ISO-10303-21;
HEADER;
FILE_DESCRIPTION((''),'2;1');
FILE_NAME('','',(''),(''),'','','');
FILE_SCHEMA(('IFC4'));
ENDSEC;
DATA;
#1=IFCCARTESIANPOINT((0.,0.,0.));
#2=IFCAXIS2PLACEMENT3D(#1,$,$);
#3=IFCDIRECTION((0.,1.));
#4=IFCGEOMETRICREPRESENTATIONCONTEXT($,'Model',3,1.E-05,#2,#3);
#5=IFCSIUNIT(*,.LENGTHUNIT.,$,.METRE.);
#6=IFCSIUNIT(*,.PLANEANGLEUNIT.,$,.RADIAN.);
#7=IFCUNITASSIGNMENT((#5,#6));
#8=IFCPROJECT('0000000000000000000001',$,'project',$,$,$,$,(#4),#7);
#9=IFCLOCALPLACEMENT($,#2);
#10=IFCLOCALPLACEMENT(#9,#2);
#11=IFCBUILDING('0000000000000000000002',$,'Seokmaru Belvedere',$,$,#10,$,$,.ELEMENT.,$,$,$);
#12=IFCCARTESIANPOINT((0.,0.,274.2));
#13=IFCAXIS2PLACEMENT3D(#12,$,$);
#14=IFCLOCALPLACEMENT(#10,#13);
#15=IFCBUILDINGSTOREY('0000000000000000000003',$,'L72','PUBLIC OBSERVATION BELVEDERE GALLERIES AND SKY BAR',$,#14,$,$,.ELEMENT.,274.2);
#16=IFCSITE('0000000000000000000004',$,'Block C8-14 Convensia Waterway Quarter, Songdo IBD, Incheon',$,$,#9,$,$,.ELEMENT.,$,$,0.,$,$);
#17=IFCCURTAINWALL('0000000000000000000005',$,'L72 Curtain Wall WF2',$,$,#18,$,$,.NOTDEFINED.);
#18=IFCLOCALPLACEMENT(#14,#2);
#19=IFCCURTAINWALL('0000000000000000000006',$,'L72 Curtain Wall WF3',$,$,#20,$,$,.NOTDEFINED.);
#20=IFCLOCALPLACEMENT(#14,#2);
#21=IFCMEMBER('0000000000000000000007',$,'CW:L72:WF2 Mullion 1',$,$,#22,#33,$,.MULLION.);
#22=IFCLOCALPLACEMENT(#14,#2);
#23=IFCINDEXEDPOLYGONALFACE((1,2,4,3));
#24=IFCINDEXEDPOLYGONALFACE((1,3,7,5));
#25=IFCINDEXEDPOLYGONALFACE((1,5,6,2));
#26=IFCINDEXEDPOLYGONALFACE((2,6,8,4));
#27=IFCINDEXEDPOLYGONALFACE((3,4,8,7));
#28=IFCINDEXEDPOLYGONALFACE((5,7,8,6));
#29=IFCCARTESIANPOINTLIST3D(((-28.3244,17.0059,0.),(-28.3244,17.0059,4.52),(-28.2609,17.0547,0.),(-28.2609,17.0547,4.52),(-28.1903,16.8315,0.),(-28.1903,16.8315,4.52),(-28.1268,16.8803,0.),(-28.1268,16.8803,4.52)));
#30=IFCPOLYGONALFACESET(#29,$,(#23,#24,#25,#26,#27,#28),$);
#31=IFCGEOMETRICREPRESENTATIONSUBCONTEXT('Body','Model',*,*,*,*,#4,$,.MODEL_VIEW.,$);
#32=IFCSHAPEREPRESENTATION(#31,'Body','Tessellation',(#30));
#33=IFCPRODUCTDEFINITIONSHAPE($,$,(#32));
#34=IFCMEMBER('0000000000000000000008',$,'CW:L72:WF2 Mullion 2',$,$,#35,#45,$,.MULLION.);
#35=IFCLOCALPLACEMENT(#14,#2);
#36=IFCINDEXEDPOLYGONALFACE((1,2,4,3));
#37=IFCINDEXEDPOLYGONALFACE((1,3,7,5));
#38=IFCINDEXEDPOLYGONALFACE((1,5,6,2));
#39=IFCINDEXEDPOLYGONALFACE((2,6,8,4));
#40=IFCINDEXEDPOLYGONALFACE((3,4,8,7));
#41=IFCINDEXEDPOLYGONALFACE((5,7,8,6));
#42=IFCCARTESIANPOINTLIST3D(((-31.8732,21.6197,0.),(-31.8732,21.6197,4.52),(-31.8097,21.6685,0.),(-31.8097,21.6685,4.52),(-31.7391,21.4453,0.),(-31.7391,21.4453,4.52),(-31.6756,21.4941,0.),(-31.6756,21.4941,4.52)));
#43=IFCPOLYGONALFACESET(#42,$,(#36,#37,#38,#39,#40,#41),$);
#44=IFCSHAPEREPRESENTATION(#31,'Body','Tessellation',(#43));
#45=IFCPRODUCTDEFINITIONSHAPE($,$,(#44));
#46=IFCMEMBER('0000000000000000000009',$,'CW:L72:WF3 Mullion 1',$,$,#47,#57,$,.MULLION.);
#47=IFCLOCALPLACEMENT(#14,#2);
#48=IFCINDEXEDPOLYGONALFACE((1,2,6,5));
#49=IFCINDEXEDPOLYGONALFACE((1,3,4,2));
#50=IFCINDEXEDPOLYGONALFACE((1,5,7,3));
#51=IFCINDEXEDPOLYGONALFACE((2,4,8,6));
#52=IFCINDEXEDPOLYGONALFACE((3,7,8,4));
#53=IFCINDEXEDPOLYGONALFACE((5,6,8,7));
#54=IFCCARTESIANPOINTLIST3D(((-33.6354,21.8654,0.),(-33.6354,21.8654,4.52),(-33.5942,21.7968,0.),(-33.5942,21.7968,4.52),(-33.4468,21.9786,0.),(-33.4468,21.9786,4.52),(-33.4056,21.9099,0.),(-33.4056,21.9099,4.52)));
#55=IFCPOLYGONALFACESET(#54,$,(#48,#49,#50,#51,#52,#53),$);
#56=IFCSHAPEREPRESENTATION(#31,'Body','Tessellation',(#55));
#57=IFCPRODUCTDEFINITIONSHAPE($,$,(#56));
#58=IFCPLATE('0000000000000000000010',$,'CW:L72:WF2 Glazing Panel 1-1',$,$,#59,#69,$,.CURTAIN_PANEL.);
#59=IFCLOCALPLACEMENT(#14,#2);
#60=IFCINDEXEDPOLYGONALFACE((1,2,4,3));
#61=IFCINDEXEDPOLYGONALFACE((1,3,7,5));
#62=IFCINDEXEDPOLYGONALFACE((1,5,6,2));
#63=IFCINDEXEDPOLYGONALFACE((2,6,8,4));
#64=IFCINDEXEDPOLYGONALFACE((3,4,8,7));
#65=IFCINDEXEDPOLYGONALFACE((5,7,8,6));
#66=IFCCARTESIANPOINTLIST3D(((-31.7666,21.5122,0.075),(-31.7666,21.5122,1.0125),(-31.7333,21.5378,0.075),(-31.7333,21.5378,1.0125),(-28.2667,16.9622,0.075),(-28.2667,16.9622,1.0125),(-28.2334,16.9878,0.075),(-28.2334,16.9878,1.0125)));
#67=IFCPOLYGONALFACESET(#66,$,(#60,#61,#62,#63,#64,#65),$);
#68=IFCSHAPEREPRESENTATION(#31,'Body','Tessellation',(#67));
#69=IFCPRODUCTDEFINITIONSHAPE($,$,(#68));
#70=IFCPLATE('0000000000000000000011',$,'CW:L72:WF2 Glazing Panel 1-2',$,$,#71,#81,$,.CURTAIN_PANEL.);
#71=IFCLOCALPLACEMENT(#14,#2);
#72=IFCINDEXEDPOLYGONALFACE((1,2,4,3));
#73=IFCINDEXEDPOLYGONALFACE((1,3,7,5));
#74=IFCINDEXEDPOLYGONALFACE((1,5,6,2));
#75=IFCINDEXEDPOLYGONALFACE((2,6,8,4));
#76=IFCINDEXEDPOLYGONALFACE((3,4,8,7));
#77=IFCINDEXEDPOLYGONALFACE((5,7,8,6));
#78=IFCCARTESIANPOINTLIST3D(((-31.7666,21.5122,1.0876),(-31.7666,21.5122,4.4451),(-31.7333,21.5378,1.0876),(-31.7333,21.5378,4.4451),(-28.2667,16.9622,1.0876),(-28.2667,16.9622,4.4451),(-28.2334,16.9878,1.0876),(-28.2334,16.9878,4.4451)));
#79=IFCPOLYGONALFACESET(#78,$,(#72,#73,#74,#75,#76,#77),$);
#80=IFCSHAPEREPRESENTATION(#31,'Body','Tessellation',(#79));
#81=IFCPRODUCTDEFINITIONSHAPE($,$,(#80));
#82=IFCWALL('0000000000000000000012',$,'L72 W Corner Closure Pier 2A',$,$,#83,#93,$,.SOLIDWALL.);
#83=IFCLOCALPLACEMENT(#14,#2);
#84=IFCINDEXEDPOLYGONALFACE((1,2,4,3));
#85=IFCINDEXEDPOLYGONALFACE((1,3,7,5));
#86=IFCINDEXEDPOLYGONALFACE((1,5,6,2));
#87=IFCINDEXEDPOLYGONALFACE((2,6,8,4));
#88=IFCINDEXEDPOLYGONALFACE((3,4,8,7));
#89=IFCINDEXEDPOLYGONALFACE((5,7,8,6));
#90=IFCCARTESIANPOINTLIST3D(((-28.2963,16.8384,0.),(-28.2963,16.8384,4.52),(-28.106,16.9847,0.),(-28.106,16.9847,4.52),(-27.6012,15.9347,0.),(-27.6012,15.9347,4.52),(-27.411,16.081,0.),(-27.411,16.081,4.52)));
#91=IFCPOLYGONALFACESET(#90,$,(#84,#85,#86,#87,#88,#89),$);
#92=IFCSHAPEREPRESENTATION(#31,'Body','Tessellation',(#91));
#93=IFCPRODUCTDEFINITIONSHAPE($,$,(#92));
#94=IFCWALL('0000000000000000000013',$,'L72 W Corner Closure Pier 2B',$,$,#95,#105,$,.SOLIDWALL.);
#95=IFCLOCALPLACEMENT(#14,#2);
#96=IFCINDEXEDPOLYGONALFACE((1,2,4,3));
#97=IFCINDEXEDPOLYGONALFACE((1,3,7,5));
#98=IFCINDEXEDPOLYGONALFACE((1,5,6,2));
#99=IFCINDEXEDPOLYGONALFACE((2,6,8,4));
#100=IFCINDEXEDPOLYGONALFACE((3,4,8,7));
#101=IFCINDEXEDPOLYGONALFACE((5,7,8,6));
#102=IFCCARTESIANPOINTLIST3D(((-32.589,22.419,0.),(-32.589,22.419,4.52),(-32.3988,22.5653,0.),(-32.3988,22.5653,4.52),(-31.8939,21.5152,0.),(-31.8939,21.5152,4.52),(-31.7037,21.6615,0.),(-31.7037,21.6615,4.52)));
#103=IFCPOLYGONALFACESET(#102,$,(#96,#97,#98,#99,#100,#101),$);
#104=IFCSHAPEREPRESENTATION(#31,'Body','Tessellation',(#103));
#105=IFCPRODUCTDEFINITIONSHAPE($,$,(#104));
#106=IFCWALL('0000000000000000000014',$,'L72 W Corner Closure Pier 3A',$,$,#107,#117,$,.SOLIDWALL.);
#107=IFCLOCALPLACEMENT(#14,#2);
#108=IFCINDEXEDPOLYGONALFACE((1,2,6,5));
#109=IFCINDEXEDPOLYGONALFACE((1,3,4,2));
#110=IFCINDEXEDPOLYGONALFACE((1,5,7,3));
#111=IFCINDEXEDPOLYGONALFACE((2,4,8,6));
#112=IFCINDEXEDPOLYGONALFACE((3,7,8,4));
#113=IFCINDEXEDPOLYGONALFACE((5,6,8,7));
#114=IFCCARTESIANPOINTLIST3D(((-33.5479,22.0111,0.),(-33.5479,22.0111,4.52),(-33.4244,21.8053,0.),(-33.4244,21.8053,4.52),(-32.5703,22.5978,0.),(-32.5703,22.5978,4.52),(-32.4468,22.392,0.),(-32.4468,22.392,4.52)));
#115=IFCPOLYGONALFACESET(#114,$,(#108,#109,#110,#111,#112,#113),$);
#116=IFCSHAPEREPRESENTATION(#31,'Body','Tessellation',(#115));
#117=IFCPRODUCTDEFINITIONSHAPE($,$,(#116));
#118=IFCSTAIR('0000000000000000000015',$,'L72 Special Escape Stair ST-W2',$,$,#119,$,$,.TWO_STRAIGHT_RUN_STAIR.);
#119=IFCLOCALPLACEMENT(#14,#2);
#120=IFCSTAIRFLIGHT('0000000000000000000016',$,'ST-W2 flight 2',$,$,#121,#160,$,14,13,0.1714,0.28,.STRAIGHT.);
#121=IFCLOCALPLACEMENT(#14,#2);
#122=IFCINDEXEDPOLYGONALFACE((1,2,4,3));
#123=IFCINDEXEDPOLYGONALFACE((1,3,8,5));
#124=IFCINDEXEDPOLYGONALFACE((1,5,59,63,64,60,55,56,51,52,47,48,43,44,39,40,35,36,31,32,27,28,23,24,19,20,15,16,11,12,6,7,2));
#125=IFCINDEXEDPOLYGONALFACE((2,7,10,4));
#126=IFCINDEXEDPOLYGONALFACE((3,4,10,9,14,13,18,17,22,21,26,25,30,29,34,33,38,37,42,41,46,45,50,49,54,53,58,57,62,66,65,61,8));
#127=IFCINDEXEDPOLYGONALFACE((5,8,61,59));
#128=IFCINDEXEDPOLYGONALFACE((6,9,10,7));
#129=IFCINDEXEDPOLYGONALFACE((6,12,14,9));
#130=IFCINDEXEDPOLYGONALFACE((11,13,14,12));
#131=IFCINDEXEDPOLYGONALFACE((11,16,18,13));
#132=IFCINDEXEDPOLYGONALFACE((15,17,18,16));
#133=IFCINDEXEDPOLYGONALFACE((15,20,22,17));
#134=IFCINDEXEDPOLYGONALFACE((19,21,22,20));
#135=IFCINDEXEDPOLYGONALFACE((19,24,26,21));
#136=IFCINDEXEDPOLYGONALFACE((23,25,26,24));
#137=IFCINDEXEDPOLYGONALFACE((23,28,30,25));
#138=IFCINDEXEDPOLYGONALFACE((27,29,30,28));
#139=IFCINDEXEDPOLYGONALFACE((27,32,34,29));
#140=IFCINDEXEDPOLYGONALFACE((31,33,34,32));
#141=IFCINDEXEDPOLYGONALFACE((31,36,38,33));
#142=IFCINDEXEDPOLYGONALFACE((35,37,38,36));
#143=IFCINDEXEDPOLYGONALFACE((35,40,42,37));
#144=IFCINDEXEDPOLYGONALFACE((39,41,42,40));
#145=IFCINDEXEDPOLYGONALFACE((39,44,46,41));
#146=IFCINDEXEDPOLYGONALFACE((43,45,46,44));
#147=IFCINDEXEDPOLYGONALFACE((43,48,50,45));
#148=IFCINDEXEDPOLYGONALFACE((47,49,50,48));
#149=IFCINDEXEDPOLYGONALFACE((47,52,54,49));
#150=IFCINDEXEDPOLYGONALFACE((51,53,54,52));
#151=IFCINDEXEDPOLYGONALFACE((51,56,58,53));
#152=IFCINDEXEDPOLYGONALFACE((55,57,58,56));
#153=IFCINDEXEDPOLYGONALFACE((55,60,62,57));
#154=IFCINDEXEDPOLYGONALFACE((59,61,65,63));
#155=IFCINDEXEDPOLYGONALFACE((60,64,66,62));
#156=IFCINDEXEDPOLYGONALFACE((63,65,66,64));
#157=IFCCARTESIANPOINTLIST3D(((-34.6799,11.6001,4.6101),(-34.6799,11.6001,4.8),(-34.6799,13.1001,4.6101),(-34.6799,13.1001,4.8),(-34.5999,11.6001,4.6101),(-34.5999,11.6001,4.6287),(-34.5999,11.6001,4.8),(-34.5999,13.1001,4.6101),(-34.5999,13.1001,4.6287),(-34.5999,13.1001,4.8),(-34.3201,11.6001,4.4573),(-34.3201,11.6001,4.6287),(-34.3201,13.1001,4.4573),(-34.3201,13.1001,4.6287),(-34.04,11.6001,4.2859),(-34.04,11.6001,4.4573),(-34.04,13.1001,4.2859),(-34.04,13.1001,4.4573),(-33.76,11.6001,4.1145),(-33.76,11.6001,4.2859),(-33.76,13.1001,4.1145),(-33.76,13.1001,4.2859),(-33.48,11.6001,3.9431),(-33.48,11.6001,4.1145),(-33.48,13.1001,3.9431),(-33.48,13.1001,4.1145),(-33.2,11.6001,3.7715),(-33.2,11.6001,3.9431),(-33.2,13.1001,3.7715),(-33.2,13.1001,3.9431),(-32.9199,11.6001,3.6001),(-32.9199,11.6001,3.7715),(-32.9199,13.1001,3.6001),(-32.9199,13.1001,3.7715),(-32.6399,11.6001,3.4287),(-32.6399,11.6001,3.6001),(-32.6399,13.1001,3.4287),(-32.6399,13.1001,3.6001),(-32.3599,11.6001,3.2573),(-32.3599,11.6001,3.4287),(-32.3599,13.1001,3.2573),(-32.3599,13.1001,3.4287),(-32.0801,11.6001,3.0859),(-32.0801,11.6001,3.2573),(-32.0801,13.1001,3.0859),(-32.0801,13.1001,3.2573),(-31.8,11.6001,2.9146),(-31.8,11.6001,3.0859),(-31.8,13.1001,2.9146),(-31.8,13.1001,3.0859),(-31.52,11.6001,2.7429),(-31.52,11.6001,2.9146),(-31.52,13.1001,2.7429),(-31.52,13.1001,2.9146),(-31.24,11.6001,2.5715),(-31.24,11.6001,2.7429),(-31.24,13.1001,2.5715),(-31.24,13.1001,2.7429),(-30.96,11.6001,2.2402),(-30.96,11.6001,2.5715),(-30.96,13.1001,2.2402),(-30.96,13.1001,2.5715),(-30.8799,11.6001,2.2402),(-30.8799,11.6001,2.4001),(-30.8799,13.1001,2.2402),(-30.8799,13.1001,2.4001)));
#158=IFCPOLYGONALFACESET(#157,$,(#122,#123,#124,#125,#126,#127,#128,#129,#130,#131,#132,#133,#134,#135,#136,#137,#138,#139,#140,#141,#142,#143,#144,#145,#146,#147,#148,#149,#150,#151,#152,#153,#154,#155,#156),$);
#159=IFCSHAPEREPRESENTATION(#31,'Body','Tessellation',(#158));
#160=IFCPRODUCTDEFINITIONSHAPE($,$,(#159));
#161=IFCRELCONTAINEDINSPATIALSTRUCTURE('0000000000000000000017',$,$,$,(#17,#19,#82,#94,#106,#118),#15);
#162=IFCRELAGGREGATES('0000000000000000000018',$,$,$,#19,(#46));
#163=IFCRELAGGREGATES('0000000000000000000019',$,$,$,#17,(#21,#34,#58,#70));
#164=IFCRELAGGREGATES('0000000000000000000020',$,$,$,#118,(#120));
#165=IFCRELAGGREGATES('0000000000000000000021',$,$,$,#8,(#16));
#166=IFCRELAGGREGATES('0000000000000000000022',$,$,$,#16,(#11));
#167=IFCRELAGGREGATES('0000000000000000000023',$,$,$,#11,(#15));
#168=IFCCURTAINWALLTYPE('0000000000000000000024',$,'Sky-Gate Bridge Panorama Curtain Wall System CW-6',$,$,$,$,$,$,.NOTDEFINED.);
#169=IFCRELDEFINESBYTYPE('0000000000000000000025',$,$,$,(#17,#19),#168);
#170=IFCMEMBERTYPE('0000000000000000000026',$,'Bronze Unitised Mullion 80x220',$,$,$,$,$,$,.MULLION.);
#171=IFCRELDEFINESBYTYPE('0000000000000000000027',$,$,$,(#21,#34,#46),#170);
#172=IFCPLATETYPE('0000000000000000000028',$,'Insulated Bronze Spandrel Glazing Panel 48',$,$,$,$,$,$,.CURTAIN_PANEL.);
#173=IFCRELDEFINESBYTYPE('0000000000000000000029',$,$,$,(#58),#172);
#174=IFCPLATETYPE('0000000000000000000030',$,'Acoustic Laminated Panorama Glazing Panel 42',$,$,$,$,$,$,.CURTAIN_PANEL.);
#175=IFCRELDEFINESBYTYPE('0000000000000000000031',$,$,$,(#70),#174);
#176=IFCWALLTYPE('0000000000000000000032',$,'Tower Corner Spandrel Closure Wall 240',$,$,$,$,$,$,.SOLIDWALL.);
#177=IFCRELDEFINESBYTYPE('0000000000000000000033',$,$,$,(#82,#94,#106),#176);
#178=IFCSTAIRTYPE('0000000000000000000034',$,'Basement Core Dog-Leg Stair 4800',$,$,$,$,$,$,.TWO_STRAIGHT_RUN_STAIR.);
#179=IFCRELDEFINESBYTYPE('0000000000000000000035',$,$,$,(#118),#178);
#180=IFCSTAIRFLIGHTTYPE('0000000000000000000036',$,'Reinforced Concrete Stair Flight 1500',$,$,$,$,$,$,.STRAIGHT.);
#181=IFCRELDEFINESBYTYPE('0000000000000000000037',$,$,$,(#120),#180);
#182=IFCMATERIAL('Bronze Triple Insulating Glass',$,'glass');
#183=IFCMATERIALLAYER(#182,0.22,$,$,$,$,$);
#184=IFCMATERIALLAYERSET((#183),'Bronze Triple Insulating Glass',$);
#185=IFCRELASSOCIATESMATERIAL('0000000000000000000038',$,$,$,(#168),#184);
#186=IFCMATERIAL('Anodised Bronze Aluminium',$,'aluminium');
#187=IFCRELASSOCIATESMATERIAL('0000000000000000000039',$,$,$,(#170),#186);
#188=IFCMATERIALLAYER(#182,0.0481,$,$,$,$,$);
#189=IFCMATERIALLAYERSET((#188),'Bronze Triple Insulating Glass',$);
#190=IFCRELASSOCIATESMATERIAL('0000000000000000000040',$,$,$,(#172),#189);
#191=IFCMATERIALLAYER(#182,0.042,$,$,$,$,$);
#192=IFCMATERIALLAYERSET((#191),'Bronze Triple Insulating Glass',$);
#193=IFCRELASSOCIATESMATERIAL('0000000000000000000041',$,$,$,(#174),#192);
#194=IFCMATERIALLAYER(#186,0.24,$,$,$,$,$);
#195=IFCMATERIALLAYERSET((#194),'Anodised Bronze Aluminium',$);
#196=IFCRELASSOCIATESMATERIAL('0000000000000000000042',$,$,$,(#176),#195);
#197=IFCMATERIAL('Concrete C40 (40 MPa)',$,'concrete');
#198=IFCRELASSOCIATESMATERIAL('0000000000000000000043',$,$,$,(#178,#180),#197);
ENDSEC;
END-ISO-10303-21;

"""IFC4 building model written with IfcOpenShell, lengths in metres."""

from ifc_helpers import new_model, si_unit, direction, frame, frame_2d, origin, origin_2d, place, context, subcontext, project, spatial, polyline, rectangle, outline, extrude, source, transform, mapped, material, layer, layer_set, material_profile, profile_set, type_object, type_shapes, element, aggregate, save


model = new_model("IFC4")

# Units and contexts
model_context = context("Model", 3, precision=1e-05, world=origin(), true_north=direction((0.0, 1.0)))
body_context = subcontext(model_context, "Body", "Model", "MODEL_VIEW")
ifc_project = project(units=[si_unit("LENGTHUNIT", "METRE"), si_unit("PLANEANGLEUNIT", "RADIAN")], contexts=[model_context])

# Site, building, storey
site_placement = place(None, origin())
site = spatial("IfcSite", under=ifc_project, at=site_placement, Name="Block C8-14 Convensia Waterway Quarter, Songdo IBD, Incheon", CompositionType="ELEMENT", RefElevation=0.0)
building_placement = place(site_placement, origin())
building = spatial("IfcBuilding", under=site, at=building_placement, Name="Seokmaru Belvedere", CompositionType="ELEMENT")
storey_placement = place(building_placement, frame((0.0, 0.0, 274.2)))
storey = spatial("IfcBuildingStorey", under=building, at=storey_placement, Name="L72", Description="PUBLIC OBSERVATION BELVEDERE GALLERIES AND SKY BAR", CompositionType="ELEMENT", Elevation=274.2)

# Curtain walls
ifc_material_1 = material(Name="Bronze Triple Insulating Glass", Category="glass")
ifc_layer_1 = layer(ifc_material_1, 0.22)
ifc_layer_set_1 = layer_set([ifc_layer_1], Name="Bronze Triple Insulating Glass")
curtain_wall_type = type_object("IfcCurtainWallType", Name="Sky-Gate Bridge Panorama Curtain Wall System CW-6", PredefinedType="NOTDEFINED", material=ifc_layer_set_1)
curtain_wall_1_placement = place(storey_placement, origin())
curtain_wall_1 = element("IfcCurtainWall", 1, at=curtain_wall_1_placement, inside=storey, type_object=curtain_wall_type, Name="L72 Curtain Wall WF2", PredefinedType="NOTDEFINED")
ifc_material_2 = material(Name="Anodised Bronze Aluminium", Category="aluminium")
curtain_wall_2_placement = place(storey_placement, origin())
curtain_wall_2 = element("IfcCurtainWall", 2, at=curtain_wall_2_placement, inside=storey, type_object=curtain_wall_type, Name="L72 Curtain Wall WF3", PredefinedType="NOTDEFINED")

# Members
ifc_material_profile_1 = material_profile(ifc_material_2, rectangle(XDim=0.0801, YDim=0.22, at=origin_2d()), Name="CW-M-80x220")
ifc_profile_set_1 = profile_set([ifc_material_profile_1], Name="Anodised Bronze Aluminium")
member_type_1 = type_object("IfcMemberType", Name="Bronze Unitised Mullion 80x220", PredefinedType="MULLION", material=ifc_profile_set_1)
shared_shape_1 = source(origin(), body_context, "Body", "SweptSolid", [
    extrude(rectangle(XDim=0.0801, YDim=0.22, at=origin_2d()), origin(), (0.0, 0.0, 1.0), 4.52),
])
type_shapes(member_type_1, [shared_shape_1])
member_1_placement = place(storey_placement, frame((-28.2256, 16.9431, 0.0), z_axis=(0.0, 0.0, 1.0), x_axis=(-0.792631, -0.609701, 0.0)))
member_1 = element("IfcMember", 3, at=member_1_placement, type_object=member_type_1, Name="CW:L72:WF2 Mullion 1", PredefinedType="MULLION", context=body_context, shape_type="MappedRepresentation", body=[
    mapped(shared_shape_1, transform((0.0, 0.0, 0.0), scale=1.0)),
])
member_2_placement = place(storey_placement, frame((-31.7744, 21.5569, 0.0), z_axis=(0.0, 0.0, 1.0), x_axis=(-0.792631, -0.609701, 0.0)))
member_2 = element("IfcMember", 4, at=member_2_placement, type_object=member_type_1, Name="CW:L72:WF2 Mullion 2", PredefinedType="MULLION", context=body_context, shape_type="MappedRepresentation", body=[
    mapped(shared_shape_1, transform((0.0, 0.0, 0.0), scale=1.0)),
])
member_3_placement = place(storey_placement, frame((-33.5205, 21.8877, 0.0), z_axis=(0.0, 0.0, 1.0), x_axis=(0.514495, -0.857493, 0.0)))
member_3 = element("IfcMember", 5, at=member_3_placement, type_object=member_type_1, Name="CW:L72:WF3 Mullion 1", PredefinedType="MULLION", context=body_context, shape_type="MappedRepresentation", body=[
    mapped(shared_shape_1, transform((0.0, 0.0, 0.0), scale=1.0)),
])
aggregate(curtain_wall_2, [member_3])

# Plates
ifc_layer_2 = layer(ifc_material_1, 0.0481)
ifc_layer_set_2 = layer_set([ifc_layer_2], Name="Bronze Triple Insulating Glass")
plate_type_1 = type_object("IfcPlateType", Name="Insulated Bronze Spandrel Glazing Panel 48", PredefinedType="CURTAIN_PANEL", material=ifc_layer_set_2)
shared_shape_2 = source(origin(), body_context, "Body", "SweptSolid", [
    extrude(rectangle(XDim=5.7405, YDim=0.042, at=origin_2d()), origin(), (0.0, 0.0, 1.0), 0.9375),
])
type_shapes(plate_type_1, [shared_shape_2])
plate_1_placement = place(storey_placement, frame((-30.0, 19.25, 0.075), z_axis=(0.0, 0.0, 1.0), x_axis=(-0.609701, 0.792631, 0.0)))
plate_1 = element("IfcPlate", 6, at=plate_1_placement, type_object=plate_type_1, Name="CW:L72:WF2 Glazing Panel 1-1", PredefinedType="CURTAIN_PANEL", context=body_context, shape_type="MappedRepresentation", body=[
    mapped(shared_shape_2, transform((0.0, 0.0, 0.0), scale=1.0)),
])
ifc_layer_3 = layer(ifc_material_1, 0.042)
ifc_layer_set_3 = layer_set([ifc_layer_3], Name="Bronze Triple Insulating Glass")
plate_type_2 = type_object("IfcPlateType", Name="Acoustic Laminated Panorama Glazing Panel 42", PredefinedType="CURTAIN_PANEL", material=ifc_layer_set_3)
shared_shape_3 = source(origin(), body_context, "Body", "SweptSolid", [
    extrude(rectangle(XDim=5.7405, YDim=0.042, at=origin_2d()), origin(), (0.0, 0.0, 1.0), 3.3574),
])
type_shapes(plate_type_2, [shared_shape_3])
plate_2_placement = place(storey_placement, frame((-30.0, 19.25, 1.0876), z_axis=(0.0, 0.0, 1.0), x_axis=(-0.609701, 0.792631, 0.0)))
plate_2 = element("IfcPlate", 7, at=plate_2_placement, type_object=plate_type_2, Name="CW:L72:WF2 Glazing Panel 1-2", PredefinedType="CURTAIN_PANEL", context=body_context, shape_type="MappedRepresentation", body=[
    mapped(shared_shape_3, transform((0.0, 0.0, 0.0), scale=1.0)),
])
aggregate(curtain_wall_1, [member_1, member_2, plate_1, plate_2])

# Walls
ifc_layer_4 = layer(ifc_material_2, 0.24)
ifc_layer_set_4 = layer_set([ifc_layer_4], Name="Anodised Bronze Aluminium")
wall_type = type_object("IfcWallType", Name="Tower Corner Spandrel Closure Wall 240", PredefinedType="SOLIDWALL", material=ifc_layer_set_4)
for number, where, z_axis, x_axis, name in (
    (8, (-27.5061, 16.0078, 0.0), (0.0, 0.0, 1.0), (-0.609618, 0.792696, 0.0), "L72 W Corner Closure Pier 2A"),
    (9, (-31.7988, 21.5884, 0.0), (0.0, 0.0, 1.0), (-0.609618, 0.792696, 0.0), "L72 W Corner Closure Pier 2B"),
    (10, (-32.5085, 22.4949, 0.0), (0.0, 0.0, 1.0), (-0.857436, -0.51459, 0.0), "L72 W Corner Closure Pier 3A"),
):
    element("IfcWall", number, at=place(storey_placement, frame(where, z_axis=z_axis, x_axis=x_axis)), inside=storey, type_object=wall_type, Name=name, PredefinedType="SOLIDWALL", context=body_context, shape_type="SweptSolid", body=[
        extrude(rectangle(XDim=1.1401, YDim=0.24, at=frame_2d((0.5701, 0.0))), origin(), (0.0, 0.0, 1.0), 4.52),
    ])

# Stair, stair flight
ifc_material_3 = material(Name="Concrete C40 (40 MPa)", Category="concrete")
stair_type = type_object("IfcStairType", Name="Basement Core Dog-Leg Stair 4800", PredefinedType="TWO_STRAIGHT_RUN_STAIR", material=ifc_material_3)
stair_placement = place(storey_placement, origin())
stair = element("IfcStair", 11, at=stair_placement, inside=storey, type_object=stair_type, Name="L72 Special Escape Stair ST-W2", PredefinedType="TWO_STRAIGHT_RUN_STAIR")
stair_flight_type = type_object("IfcStairFlightType", Name="Reinforced Concrete Stair Flight 1500", PredefinedType="STRAIGHT", material=ifc_material_3)
stair_flight_placement = place(storey_placement, frame((-30.96, 12.3501, 2.4001), z_axis=(0.0, 0.0, 1.0), x_axis=(-1.0, 0.0, 0.0)))
stair_flight = element("IfcStairFlight", 12, at=stair_flight_placement, type_object=stair_flight_type, Name="ST-W2 flight 2", NumberOfRisers=14, NumberOfTreads=13, PredefinedType="STRAIGHT", RiserHeight=0.1714, TreadLength=0.28, context=body_context, shape_type="SweptSolid", body=[
    extrude(outline(polyline([(-0.0801, 0.0), (0.0, 0.1714), (0.28, 0.1714), (0.28, 0.3428), (0.5601, 0.3428), (0.5601, 0.5144), (0.8401, 0.5144), (0.8401, 0.6858), (1.1201, 0.6858), (1.1201, 0.8572), (1.3999, 0.8572), (1.3999, 1.0286), (1.6799, 1.0286), (1.6799, 1.2), (1.96, 1.2), (1.96, 1.3713), (2.24, 1.3713), (2.24, 1.543), (2.52, 1.543), (2.52, 1.7144), (2.8, 1.7144), (2.8, 1.8857), (3.0801, 1.8857), (3.0801, 2.0571), (3.3601, 2.0571), (3.3601, 2.2285), (3.6399, 2.2285), (3.6399, 2.3999), (3.72, 2.3999), (3.72, 2.21), (3.6399, 2.21), (0.0, -0.1599), (-0.0801, -0.1599), (-0.0801, 0.0)])), frame((0.0, 0.75, 0.0), z_axis=(0.0, -1.0, 0.0), x_axis=(1.0, 0.0, 0.0)), (0.0, 0.0, 1.0), 1.5),
])
aggregate(stair, [stair_flight])

save(model, "model.ifc")
